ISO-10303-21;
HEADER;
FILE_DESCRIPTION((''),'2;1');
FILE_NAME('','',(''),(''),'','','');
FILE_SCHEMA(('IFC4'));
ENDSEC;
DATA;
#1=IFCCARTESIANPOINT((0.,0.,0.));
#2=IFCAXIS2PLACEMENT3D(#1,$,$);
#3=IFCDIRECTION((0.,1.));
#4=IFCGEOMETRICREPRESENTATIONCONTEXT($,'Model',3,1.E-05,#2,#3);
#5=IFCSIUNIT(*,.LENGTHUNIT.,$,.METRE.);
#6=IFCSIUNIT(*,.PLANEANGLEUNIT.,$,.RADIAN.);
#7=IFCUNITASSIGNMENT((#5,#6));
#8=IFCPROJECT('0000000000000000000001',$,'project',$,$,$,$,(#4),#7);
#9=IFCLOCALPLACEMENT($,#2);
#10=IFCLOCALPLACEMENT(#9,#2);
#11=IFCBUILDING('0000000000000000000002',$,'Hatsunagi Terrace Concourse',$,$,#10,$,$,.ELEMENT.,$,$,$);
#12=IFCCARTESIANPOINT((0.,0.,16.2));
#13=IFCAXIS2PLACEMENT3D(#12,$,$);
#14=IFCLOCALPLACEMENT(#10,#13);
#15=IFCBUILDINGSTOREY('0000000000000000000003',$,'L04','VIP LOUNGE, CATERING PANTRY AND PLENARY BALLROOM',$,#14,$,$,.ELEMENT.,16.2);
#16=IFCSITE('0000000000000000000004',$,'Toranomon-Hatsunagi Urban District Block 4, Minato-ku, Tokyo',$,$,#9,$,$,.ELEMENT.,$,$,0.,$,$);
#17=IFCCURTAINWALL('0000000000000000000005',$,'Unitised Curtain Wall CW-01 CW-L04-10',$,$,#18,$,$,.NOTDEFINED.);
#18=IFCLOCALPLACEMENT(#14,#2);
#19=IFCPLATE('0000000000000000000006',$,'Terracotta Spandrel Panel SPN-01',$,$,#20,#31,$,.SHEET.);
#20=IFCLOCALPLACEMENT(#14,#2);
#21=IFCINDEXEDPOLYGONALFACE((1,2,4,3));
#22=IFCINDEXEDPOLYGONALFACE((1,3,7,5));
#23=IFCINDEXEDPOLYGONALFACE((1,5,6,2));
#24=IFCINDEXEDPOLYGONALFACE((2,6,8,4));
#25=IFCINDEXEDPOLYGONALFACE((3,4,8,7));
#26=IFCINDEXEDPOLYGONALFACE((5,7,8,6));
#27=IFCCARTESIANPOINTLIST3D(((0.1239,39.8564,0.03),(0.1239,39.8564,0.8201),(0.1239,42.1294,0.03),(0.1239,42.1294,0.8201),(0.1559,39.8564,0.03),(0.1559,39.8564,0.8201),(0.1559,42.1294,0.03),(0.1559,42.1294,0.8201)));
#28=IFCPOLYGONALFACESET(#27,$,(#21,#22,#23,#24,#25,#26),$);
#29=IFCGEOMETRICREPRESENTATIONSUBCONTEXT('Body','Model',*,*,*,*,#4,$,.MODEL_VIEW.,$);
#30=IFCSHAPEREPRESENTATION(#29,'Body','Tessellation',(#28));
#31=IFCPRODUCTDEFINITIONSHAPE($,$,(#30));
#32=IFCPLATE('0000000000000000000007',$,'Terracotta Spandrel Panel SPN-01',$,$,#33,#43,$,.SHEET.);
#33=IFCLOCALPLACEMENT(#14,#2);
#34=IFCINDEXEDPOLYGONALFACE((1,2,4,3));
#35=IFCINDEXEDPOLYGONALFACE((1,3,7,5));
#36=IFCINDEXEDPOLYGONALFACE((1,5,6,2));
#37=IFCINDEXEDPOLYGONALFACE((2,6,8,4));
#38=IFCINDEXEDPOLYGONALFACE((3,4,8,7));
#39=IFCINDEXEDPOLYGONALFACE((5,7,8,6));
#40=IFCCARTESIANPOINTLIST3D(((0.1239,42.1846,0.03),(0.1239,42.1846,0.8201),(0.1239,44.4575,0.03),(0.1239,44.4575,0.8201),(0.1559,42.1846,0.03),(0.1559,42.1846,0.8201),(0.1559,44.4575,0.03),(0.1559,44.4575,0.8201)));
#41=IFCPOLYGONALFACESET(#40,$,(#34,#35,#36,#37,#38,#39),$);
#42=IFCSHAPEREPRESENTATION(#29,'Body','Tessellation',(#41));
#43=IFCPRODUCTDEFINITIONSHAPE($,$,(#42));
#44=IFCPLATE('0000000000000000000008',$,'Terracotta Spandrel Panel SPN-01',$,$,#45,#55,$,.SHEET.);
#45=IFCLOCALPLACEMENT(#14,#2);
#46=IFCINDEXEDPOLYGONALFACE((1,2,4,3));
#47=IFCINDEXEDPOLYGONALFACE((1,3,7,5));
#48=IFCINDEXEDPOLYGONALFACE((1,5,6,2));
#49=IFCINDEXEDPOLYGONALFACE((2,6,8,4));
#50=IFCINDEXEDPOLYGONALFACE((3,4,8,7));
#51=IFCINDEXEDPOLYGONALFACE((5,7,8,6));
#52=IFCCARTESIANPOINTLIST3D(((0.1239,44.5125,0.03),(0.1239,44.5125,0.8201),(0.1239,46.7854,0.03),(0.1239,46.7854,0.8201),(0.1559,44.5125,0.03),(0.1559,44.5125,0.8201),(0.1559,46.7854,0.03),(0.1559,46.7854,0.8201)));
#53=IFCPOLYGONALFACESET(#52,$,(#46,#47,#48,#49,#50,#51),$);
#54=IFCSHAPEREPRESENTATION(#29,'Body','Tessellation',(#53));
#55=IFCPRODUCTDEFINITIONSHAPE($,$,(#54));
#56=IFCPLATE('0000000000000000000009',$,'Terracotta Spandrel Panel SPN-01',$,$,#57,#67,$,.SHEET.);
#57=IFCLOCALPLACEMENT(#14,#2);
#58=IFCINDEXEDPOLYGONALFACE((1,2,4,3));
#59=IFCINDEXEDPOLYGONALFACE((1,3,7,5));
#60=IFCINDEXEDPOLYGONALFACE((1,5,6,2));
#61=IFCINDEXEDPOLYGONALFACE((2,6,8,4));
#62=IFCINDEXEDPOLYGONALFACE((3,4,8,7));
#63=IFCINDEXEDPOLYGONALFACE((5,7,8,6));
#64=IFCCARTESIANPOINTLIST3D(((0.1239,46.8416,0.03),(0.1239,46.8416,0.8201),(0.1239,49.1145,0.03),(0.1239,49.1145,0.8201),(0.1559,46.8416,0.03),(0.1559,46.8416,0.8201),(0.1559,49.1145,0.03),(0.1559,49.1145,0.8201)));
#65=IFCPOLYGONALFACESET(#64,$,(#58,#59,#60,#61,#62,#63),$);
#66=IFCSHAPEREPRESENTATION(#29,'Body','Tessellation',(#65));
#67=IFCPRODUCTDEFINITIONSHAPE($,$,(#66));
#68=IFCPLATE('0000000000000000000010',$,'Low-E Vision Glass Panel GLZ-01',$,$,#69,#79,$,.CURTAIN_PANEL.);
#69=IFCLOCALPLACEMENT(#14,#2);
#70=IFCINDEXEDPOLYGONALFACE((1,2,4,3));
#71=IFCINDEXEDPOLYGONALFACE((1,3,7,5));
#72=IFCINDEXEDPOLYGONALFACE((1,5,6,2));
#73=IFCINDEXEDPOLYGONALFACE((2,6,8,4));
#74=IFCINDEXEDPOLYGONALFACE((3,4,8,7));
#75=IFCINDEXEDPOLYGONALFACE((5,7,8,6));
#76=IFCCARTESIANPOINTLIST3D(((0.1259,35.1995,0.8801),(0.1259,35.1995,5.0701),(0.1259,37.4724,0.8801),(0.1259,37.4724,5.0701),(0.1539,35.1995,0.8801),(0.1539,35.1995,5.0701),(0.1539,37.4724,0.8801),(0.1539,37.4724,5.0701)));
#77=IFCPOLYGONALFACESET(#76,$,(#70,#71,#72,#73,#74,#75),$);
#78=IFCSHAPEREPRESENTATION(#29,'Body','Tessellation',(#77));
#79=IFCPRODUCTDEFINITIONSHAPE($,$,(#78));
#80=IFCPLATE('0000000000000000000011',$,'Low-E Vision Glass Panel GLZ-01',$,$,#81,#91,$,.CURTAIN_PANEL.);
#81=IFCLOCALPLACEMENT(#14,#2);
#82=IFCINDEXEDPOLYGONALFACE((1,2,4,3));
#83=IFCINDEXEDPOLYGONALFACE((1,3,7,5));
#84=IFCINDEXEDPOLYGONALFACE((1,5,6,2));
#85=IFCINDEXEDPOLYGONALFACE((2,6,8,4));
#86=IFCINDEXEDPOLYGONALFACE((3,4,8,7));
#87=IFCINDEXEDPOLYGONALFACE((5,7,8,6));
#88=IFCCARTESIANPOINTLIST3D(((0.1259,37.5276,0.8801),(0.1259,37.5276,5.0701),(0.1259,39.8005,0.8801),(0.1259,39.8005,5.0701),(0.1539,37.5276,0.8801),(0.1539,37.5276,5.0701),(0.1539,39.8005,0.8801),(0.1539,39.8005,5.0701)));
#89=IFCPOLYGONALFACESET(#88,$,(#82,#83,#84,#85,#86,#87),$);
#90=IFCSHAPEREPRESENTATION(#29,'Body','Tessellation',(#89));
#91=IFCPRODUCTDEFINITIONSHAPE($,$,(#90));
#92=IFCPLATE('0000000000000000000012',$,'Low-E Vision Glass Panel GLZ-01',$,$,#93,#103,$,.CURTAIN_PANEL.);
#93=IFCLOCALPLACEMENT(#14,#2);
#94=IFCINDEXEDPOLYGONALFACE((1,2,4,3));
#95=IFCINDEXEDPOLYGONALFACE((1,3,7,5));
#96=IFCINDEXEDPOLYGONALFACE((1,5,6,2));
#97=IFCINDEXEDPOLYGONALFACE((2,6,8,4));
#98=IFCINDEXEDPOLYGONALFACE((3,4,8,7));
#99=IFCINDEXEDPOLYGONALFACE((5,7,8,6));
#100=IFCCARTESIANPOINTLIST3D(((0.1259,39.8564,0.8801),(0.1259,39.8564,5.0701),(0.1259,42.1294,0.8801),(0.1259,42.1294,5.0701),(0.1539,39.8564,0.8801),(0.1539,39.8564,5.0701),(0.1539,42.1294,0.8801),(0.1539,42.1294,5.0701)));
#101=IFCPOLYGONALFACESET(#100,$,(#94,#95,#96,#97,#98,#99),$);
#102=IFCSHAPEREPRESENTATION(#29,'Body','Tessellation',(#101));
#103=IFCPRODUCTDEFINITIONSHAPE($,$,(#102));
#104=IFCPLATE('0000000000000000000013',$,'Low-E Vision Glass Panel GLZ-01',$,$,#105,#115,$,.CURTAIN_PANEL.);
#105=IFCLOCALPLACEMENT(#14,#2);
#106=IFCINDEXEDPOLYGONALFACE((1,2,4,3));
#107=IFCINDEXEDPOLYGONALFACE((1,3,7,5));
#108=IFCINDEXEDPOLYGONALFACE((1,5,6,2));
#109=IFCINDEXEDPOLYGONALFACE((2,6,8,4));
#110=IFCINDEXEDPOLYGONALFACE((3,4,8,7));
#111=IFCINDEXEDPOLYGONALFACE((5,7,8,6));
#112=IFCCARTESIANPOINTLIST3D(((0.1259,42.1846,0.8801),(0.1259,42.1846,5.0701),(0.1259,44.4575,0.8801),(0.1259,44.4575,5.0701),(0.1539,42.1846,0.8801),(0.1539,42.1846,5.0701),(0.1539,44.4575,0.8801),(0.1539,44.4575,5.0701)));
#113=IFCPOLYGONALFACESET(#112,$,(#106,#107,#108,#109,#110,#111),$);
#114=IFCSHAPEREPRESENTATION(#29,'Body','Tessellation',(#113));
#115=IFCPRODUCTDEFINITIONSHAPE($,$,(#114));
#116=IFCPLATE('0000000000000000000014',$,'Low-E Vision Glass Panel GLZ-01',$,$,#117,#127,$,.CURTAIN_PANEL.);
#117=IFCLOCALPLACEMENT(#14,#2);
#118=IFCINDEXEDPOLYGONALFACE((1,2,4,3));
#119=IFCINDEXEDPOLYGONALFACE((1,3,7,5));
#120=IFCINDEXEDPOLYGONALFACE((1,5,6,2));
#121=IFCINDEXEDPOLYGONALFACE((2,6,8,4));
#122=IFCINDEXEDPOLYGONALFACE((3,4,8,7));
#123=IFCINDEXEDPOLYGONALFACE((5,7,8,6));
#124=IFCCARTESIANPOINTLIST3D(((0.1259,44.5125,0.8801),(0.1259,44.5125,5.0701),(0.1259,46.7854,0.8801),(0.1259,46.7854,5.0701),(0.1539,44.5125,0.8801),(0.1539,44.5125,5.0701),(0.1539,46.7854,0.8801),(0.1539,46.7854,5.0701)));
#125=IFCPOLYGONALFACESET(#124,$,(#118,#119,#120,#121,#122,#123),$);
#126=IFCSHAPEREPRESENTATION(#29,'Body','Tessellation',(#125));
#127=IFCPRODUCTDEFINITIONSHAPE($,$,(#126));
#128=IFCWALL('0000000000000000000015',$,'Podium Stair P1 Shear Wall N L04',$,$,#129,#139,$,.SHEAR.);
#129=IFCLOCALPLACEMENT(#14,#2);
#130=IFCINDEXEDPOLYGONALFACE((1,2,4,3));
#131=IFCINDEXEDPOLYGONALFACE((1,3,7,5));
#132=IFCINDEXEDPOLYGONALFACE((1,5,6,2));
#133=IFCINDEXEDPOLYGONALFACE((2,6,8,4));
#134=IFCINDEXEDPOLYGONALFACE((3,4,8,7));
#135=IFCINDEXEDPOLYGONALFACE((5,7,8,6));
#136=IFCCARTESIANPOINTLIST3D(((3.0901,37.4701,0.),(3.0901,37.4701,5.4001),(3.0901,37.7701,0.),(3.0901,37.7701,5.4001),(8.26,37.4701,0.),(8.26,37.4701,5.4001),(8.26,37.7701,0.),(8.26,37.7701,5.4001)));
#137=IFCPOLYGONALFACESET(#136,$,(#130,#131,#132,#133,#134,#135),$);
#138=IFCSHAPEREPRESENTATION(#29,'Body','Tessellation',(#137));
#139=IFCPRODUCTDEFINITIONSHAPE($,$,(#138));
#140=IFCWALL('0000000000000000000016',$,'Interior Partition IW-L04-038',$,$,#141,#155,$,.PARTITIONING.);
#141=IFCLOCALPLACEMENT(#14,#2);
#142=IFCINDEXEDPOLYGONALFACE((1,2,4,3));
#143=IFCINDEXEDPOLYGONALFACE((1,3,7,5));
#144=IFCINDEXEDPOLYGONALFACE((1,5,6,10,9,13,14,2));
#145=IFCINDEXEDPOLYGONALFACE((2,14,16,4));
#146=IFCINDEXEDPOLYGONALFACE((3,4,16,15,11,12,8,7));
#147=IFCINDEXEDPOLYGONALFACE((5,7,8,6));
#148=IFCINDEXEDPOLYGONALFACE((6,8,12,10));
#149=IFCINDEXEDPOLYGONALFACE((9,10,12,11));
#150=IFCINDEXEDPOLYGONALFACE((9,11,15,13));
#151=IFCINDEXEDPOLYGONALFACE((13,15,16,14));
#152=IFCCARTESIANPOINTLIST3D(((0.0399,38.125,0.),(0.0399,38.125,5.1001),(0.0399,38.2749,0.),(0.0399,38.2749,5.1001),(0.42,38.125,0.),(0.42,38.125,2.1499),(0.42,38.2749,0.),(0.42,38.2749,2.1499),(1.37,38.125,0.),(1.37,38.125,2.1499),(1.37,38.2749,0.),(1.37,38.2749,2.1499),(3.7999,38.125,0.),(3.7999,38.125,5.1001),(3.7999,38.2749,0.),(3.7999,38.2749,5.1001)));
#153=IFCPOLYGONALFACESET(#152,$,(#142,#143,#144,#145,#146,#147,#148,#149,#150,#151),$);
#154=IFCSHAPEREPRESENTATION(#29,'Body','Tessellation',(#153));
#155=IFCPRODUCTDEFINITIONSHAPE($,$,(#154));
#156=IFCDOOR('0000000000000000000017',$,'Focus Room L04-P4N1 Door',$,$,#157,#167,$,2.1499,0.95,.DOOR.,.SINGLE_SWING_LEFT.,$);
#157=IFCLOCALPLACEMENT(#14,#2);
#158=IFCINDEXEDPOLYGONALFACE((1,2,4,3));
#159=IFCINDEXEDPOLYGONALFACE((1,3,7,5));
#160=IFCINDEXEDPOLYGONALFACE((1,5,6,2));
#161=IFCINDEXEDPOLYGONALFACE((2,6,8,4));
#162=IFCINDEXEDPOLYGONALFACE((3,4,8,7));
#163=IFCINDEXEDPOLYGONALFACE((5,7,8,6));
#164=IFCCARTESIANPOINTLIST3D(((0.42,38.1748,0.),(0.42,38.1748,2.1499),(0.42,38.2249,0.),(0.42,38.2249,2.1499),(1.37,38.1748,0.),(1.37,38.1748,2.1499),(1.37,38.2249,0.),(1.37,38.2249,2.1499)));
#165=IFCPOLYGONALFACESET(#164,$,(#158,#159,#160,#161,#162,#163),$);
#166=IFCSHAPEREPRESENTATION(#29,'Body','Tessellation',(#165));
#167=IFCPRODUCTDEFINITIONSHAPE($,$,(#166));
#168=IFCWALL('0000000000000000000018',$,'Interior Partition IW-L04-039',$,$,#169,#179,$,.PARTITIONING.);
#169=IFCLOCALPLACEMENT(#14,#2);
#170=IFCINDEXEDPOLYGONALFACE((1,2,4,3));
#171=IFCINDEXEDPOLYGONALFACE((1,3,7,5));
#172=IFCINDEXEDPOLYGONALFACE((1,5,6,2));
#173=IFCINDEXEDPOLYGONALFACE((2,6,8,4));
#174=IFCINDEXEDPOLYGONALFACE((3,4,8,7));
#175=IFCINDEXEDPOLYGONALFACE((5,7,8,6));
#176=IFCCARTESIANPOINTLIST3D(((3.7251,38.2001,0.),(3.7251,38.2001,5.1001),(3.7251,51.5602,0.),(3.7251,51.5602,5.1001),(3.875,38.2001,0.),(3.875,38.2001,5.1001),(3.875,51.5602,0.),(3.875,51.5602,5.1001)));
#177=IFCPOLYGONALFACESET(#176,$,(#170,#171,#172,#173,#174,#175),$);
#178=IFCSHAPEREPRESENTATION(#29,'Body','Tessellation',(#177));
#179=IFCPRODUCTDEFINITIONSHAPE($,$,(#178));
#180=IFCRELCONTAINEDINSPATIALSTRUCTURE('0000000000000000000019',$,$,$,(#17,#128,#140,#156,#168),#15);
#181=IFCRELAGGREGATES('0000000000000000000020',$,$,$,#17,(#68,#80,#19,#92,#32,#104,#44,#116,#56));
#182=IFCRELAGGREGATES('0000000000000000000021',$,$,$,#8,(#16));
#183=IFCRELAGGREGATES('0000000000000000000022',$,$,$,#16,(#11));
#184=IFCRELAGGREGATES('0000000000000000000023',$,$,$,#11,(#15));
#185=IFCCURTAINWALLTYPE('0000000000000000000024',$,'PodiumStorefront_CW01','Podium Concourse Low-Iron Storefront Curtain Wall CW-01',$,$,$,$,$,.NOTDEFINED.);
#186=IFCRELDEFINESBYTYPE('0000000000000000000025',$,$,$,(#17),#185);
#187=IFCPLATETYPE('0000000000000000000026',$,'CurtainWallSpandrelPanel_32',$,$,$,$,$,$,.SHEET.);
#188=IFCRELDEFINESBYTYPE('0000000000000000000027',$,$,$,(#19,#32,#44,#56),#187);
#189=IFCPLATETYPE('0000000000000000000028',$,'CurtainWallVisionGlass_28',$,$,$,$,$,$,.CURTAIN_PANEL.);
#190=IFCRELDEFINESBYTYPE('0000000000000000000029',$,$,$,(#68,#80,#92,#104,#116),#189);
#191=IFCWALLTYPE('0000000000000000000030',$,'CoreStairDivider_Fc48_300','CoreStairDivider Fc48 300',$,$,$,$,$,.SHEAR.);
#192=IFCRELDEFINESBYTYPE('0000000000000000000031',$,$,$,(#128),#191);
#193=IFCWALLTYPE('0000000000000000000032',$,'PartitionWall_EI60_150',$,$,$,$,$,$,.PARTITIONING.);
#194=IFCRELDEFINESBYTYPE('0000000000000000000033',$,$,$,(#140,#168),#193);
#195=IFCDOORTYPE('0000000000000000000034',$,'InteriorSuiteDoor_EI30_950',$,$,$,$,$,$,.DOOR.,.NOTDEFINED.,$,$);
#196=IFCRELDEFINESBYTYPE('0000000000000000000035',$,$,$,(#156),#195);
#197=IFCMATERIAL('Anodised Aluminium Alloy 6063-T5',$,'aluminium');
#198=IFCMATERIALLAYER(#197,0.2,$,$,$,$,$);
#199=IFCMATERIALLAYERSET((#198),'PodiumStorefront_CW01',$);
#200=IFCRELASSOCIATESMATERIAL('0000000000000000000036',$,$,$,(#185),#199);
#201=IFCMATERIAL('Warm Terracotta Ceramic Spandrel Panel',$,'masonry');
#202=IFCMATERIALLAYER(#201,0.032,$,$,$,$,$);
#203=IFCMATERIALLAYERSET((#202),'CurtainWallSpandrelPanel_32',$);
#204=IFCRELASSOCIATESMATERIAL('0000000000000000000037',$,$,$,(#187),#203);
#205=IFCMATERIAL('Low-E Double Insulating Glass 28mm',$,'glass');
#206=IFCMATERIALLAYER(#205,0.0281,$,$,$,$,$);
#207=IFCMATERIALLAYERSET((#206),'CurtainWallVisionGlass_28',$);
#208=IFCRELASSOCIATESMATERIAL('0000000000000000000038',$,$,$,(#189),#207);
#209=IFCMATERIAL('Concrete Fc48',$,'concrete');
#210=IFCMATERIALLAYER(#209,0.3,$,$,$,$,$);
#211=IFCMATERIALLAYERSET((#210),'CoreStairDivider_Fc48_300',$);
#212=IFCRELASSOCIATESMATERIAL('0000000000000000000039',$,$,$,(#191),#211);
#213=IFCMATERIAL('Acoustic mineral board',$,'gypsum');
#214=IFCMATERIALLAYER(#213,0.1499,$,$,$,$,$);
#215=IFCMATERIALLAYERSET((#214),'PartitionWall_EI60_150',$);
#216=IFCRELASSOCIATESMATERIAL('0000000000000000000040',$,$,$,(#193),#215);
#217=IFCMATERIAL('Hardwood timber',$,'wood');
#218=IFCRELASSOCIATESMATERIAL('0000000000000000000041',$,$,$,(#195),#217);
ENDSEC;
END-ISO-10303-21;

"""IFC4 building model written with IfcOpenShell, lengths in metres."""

from ifc_helpers import new_model, si_unit, direction, frame, frame_2d, origin, origin_2d, place, context, subcontext, project, spatial, rectangle, extrude, material, layer, layer_set, type_object, element, fill, aggregate, save


model = new_model("IFC4")

# Units and contexts
model_context = context("Model", 3, precision=1e-05, world=origin(), true_north=direction((0.0, 1.0)))
body_context = subcontext(model_context, "Body", "Model", "MODEL_VIEW")
ifc_project = project(units=[si_unit("LENGTHUNIT", "METRE"), si_unit("PLANEANGLEUNIT", "RADIAN")], contexts=[model_context])

# Site, building, storey
site_placement = place(None, origin())
site = spatial("IfcSite", under=ifc_project, at=site_placement, Name="Toranomon-Hatsunagi Urban District Block 4, Minato-ku, Tokyo", CompositionType="ELEMENT", RefElevation=0.0)
building_placement = place(site_placement, origin())
building = spatial("IfcBuilding", under=site, at=building_placement, Name="Hatsunagi Terrace Concourse", CompositionType="ELEMENT")
storey_placement = place(building_placement, frame((0.0, 0.0, 16.2)))
storey = spatial("IfcBuildingStorey", under=building, at=storey_placement, Name="L04", Description="VIP LOUNGE, CATERING PANTRY AND PLENARY BALLROOM", CompositionType="ELEMENT", Elevation=16.2)

# Curtain wall
ifc_material_1 = material(Name="Anodised Aluminium Alloy 6063-T5", Category="aluminium")
ifc_layer_1 = layer(ifc_material_1, 0.2)
ifc_layer_set_1 = layer_set([ifc_layer_1], Name="PodiumStorefront_CW01")
curtain_wall_type = type_object("IfcCurtainWallType", Name="PodiumStorefront_CW01", Description="Podium Concourse Low-Iron Storefront Curtain Wall CW-01", PredefinedType="NOTDEFINED", material=ifc_layer_set_1)
curtain_wall_placement = place(storey_placement, origin())
curtain_wall = element("IfcCurtainWall", 1, at=curtain_wall_placement, inside=storey, type_object=curtain_wall_type, Name="Unitised Curtain Wall CW-01 CW-L04-10", PredefinedType="NOTDEFINED")

# Plates
ifc_material_2 = material(Name="Warm Terracotta Ceramic Spandrel Panel", Category="masonry")
ifc_layer_2 = layer(ifc_material_2, 0.032)
ifc_layer_set_2 = layer_set([ifc_layer_2], Name="CurtainWallSpandrelPanel_32")
plate_type_1 = type_object("IfcPlateType", Name="CurtainWallSpandrelPanel_32", PredefinedType="SHEET", material=ifc_layer_set_2)
plate_1_placement = place(storey_placement, frame((0.1399, 40.9929, 0.03), z_axis=(0.0, 0.0, 1.0), x_axis=(0.0, 1.0, 0.0)))
plate_1 = element("IfcPlate", 2, at=plate_1_placement, type_object=plate_type_1, Name="Terracotta Spandrel Panel SPN-01", PredefinedType="SHEET", context=body_context, shape_type="SweptSolid", body=[
    extrude(rectangle(XDim=2.2729, YDim=0.032, at=origin_2d()), origin(), (0.0, 0.0, 1.0), 0.79),
])
plate_2_placement = place(storey_placement, frame((0.1399, 43.321, 0.03), z_axis=(0.0, 0.0, 1.0), x_axis=(0.0, 1.0, 0.0)))
plate_2 = element("IfcPlate", 3, at=plate_2_placement, type_object=plate_type_1, Name="Terracotta Spandrel Panel SPN-01", PredefinedType="SHEET", context=body_context, shape_type="SweptSolid", body=[
    extrude(rectangle(XDim=2.2729, YDim=0.032, at=origin_2d()), origin(), (0.0, 0.0, 1.0), 0.79),
])
plate_3_placement = place(storey_placement, frame((0.1399, 45.6489, 0.03), z_axis=(0.0, 0.0, 1.0), x_axis=(0.0, 1.0, 0.0)))
plate_3 = element("IfcPlate", 4, at=plate_3_placement, type_object=plate_type_1, Name="Terracotta Spandrel Panel SPN-01", PredefinedType="SHEET", context=body_context, shape_type="SweptSolid", body=[
    extrude(rectangle(XDim=2.2729, YDim=0.032, at=origin_2d()), origin(), (0.0, 0.0, 1.0), 0.79),
])
plate_4_placement = place(storey_placement, frame((0.1399, 47.978, 0.03), z_axis=(0.0, 0.0, 1.0), x_axis=(0.0, 1.0, 0.0)))
plate_4 = element("IfcPlate", 5, at=plate_4_placement, type_object=plate_type_1, Name="Terracotta Spandrel Panel SPN-01", PredefinedType="SHEET", context=body_context, shape_type="SweptSolid", body=[
    extrude(rectangle(XDim=2.2729, YDim=0.032, at=origin_2d()), origin(), (0.0, 0.0, 1.0), 0.79),
])
ifc_material_3 = material(Name="Low-E Double Insulating Glass 28mm", Category="glass")
ifc_layer_3 = layer(ifc_material_3, 0.0281)
ifc_layer_set_3 = layer_set([ifc_layer_3], Name="CurtainWallVisionGlass_28")
plate_type_2 = type_object("IfcPlateType", Name="CurtainWallVisionGlass_28", PredefinedType="CURTAIN_PANEL", material=ifc_layer_set_3)
plate_5_placement = place(storey_placement, frame((0.1399, 36.3359, 0.8801), z_axis=(0.0, 0.0, 1.0), x_axis=(0.0, 1.0, 0.0)))
plate_5 = element("IfcPlate", 6, at=plate_5_placement, type_object=plate_type_2, Name="Low-E Vision Glass Panel GLZ-01", PredefinedType="CURTAIN_PANEL", context=body_context, shape_type="SweptSolid", body=[
    extrude(rectangle(XDim=2.2729, YDim=0.0281, at=origin_2d()), origin(), (0.0, 0.0, 1.0), 4.1899),
])
plate_6_placement = place(storey_placement, frame((0.1399, 38.6641, 0.8801), z_axis=(0.0, 0.0, 1.0), x_axis=(0.0, 1.0, 0.0)))
plate_6 = element("IfcPlate", 7, at=plate_6_placement, type_object=plate_type_2, Name="Low-E Vision Glass Panel GLZ-01", PredefinedType="CURTAIN_PANEL", context=body_context, shape_type="SweptSolid", body=[
    extrude(rectangle(XDim=2.2729, YDim=0.0281, at=origin_2d()), origin(), (0.0, 0.0, 1.0), 4.1899),
])
plate_7_placement = place(storey_placement, frame((0.1399, 40.9929, 0.8801), z_axis=(0.0, 0.0, 1.0), x_axis=(0.0, 1.0, 0.0)))
plate_7 = element("IfcPlate", 8, at=plate_7_placement, type_object=plate_type_2, Name="Low-E Vision Glass Panel GLZ-01", PredefinedType="CURTAIN_PANEL", context=body_context, shape_type="SweptSolid", body=[
    extrude(rectangle(XDim=2.2729, YDim=0.0281, at=origin_2d()), origin(), (0.0, 0.0, 1.0), 4.1899),
])
plate_8_placement = place(storey_placement, frame((0.1399, 43.321, 0.8801), z_axis=(0.0, 0.0, 1.0), x_axis=(0.0, 1.0, 0.0)))
plate_8 = element("IfcPlate", 9, at=plate_8_placement, type_object=plate_type_2, Name="Low-E Vision Glass Panel GLZ-01", PredefinedType="CURTAIN_PANEL", context=body_context, shape_type="SweptSolid", body=[
    extrude(rectangle(XDim=2.2729, YDim=0.0281, at=origin_2d()), origin(), (0.0, 0.0, 1.0), 4.1899),
])
plate_9_placement = place(storey_placement, frame((0.1399, 45.6489, 0.8801), z_axis=(0.0, 0.0, 1.0), x_axis=(0.0, 1.0, 0.0)))
plate_9 = element("IfcPlate", 10, at=plate_9_placement, type_object=plate_type_2, Name="Low-E Vision Glass Panel GLZ-01", PredefinedType="CURTAIN_PANEL", context=body_context, shape_type="SweptSolid", body=[
    extrude(rectangle(XDim=2.2729, YDim=0.0281, at=origin_2d()), origin(), (0.0, 0.0, 1.0), 4.1899),
])
aggregate(curtain_wall, [plate_5, plate_6, plate_1, plate_7, plate_2, plate_8, plate_3, plate_9, plate_4])

# Wall
ifc_material_4 = material(Name="Concrete Fc48", Category="concrete")
ifc_layer_4 = layer(ifc_material_4, 0.3)
ifc_layer_set_4 = layer_set([ifc_layer_4], Name="CoreStairDivider_Fc48_300")
wall_type_1 = type_object("IfcWallType", Name="CoreStairDivider_Fc48_300", Description="CoreStairDivider Fc48 300", PredefinedType="SHEAR", material=ifc_layer_set_4)
wall_1_placement = place(storey_placement, frame((3.0901, 37.6201, 0.0), z_axis=(0.0, 0.0, 1.0), x_axis=(1.0, 0.0, 0.0)))
element("IfcWall", 11, at=wall_1_placement, inside=storey, type_object=wall_type_1, Name="Podium Stair P1 Shear Wall N L04", PredefinedType="SHEAR", context=body_context, shape_type="SweptSolid", body=[
    extrude(rectangle(XDim=5.1699, YDim=0.3, at=frame_2d((2.585, 0.0))), origin(), (0.0, 0.0, 1.0), 5.4001),
])

# Wall, opening, door
ifc_material_5 = material(Name="Acoustic mineral board", Category="gypsum")
ifc_layer_5 = layer(ifc_material_5, 0.1499)
ifc_layer_set_5 = layer_set([ifc_layer_5], Name="PartitionWall_EI60_150")
wall_type_2 = type_object("IfcWallType", Name="PartitionWall_EI60_150", PredefinedType="PARTITIONING", material=ifc_layer_set_5)
wall_2_placement = place(storey_placement, frame((0.04, 38.2, 0.0), z_axis=(0.0, 0.0, 1.0), x_axis=(1.0, 0.0, 0.0)))
wall_2 = element("IfcWall", 12, at=wall_2_placement, inside=storey, type_object=wall_type_2, Name="Interior Partition IW-L04-038", PredefinedType="PARTITIONING", context=body_context, shape_type="SweptSolid", body=[
    extrude(rectangle(XDim=3.76, YDim=0.1499, at=frame_2d((1.8799, 0.0))), origin(), (0.0, 0.0, 1.0), 5.1001),
])
opening_1_placement = place(wall_2_placement, frame((0.3799, 0.0, 0.0)))
opening_1 = element("IfcOpeningElement", 13, at=opening_1_placement, cuts=wall_2, PredefinedType="OPENING", context=body_context, shape_type="SweptSolid", body=[
    extrude(rectangle(XDim=0.95, YDim=2.1499, at=frame_2d((0.4751, 1.075))), frame((0.0, 0.085, 0.0), z_axis=(0.0, -1.0, 0.0), x_axis=(1.0, 0.0, 0.0)), (0.0, 0.0, 1.0), 0.1699),
])
ifc_material_6 = material(Name="Hardwood timber", Category="wood")
door_type = type_object("IfcDoorType", Name="InteriorSuiteDoor_EI30_950", OperationType="NOTDEFINED", PredefinedType="DOOR", material=ifc_material_6)
door_1_placement = place(opening_1_placement, origin())
door_1 = element("IfcDoor", 14, at=door_1_placement, inside=storey, type_object=door_type, Name="Focus Room L04-P4N1 Door", OperationType="SINGLE_SWING_LEFT", OverallHeight=2.1499, OverallWidth=0.95, PredefinedType="DOOR", context=body_context, shape_type="SweptSolid", body=[
    extrude(rectangle(XDim=0.95, YDim=2.1499, at=frame_2d((0.4751, 1.075))), frame((0.0, 0.0249, 0.0), z_axis=(0.0, -1.0, 0.0), x_axis=(1.0, 0.0, 0.0)), (0.0, 0.0, 1.0), 0.05),
])
fill(opening_1, door_1)

# Wall
wall_3_placement = place(storey_placement, frame((3.8, 38.2, 0.0), z_axis=(0.0, 0.0, 1.0), x_axis=(0.0, 1.0, 0.0)))
element("IfcWall", 15, at=wall_3_placement, inside=storey, type_object=wall_type_2, Name="Interior Partition IW-L04-039", PredefinedType="PARTITIONING", context=body_context, shape_type="SweptSolid", body=[
    extrude(rectangle(XDim=13.3601, YDim=0.1499, at=frame_2d((6.6802, 0.0))), origin(), (0.0, 0.0, 1.0), 5.1001),
])

save(model, "model.ifc")
